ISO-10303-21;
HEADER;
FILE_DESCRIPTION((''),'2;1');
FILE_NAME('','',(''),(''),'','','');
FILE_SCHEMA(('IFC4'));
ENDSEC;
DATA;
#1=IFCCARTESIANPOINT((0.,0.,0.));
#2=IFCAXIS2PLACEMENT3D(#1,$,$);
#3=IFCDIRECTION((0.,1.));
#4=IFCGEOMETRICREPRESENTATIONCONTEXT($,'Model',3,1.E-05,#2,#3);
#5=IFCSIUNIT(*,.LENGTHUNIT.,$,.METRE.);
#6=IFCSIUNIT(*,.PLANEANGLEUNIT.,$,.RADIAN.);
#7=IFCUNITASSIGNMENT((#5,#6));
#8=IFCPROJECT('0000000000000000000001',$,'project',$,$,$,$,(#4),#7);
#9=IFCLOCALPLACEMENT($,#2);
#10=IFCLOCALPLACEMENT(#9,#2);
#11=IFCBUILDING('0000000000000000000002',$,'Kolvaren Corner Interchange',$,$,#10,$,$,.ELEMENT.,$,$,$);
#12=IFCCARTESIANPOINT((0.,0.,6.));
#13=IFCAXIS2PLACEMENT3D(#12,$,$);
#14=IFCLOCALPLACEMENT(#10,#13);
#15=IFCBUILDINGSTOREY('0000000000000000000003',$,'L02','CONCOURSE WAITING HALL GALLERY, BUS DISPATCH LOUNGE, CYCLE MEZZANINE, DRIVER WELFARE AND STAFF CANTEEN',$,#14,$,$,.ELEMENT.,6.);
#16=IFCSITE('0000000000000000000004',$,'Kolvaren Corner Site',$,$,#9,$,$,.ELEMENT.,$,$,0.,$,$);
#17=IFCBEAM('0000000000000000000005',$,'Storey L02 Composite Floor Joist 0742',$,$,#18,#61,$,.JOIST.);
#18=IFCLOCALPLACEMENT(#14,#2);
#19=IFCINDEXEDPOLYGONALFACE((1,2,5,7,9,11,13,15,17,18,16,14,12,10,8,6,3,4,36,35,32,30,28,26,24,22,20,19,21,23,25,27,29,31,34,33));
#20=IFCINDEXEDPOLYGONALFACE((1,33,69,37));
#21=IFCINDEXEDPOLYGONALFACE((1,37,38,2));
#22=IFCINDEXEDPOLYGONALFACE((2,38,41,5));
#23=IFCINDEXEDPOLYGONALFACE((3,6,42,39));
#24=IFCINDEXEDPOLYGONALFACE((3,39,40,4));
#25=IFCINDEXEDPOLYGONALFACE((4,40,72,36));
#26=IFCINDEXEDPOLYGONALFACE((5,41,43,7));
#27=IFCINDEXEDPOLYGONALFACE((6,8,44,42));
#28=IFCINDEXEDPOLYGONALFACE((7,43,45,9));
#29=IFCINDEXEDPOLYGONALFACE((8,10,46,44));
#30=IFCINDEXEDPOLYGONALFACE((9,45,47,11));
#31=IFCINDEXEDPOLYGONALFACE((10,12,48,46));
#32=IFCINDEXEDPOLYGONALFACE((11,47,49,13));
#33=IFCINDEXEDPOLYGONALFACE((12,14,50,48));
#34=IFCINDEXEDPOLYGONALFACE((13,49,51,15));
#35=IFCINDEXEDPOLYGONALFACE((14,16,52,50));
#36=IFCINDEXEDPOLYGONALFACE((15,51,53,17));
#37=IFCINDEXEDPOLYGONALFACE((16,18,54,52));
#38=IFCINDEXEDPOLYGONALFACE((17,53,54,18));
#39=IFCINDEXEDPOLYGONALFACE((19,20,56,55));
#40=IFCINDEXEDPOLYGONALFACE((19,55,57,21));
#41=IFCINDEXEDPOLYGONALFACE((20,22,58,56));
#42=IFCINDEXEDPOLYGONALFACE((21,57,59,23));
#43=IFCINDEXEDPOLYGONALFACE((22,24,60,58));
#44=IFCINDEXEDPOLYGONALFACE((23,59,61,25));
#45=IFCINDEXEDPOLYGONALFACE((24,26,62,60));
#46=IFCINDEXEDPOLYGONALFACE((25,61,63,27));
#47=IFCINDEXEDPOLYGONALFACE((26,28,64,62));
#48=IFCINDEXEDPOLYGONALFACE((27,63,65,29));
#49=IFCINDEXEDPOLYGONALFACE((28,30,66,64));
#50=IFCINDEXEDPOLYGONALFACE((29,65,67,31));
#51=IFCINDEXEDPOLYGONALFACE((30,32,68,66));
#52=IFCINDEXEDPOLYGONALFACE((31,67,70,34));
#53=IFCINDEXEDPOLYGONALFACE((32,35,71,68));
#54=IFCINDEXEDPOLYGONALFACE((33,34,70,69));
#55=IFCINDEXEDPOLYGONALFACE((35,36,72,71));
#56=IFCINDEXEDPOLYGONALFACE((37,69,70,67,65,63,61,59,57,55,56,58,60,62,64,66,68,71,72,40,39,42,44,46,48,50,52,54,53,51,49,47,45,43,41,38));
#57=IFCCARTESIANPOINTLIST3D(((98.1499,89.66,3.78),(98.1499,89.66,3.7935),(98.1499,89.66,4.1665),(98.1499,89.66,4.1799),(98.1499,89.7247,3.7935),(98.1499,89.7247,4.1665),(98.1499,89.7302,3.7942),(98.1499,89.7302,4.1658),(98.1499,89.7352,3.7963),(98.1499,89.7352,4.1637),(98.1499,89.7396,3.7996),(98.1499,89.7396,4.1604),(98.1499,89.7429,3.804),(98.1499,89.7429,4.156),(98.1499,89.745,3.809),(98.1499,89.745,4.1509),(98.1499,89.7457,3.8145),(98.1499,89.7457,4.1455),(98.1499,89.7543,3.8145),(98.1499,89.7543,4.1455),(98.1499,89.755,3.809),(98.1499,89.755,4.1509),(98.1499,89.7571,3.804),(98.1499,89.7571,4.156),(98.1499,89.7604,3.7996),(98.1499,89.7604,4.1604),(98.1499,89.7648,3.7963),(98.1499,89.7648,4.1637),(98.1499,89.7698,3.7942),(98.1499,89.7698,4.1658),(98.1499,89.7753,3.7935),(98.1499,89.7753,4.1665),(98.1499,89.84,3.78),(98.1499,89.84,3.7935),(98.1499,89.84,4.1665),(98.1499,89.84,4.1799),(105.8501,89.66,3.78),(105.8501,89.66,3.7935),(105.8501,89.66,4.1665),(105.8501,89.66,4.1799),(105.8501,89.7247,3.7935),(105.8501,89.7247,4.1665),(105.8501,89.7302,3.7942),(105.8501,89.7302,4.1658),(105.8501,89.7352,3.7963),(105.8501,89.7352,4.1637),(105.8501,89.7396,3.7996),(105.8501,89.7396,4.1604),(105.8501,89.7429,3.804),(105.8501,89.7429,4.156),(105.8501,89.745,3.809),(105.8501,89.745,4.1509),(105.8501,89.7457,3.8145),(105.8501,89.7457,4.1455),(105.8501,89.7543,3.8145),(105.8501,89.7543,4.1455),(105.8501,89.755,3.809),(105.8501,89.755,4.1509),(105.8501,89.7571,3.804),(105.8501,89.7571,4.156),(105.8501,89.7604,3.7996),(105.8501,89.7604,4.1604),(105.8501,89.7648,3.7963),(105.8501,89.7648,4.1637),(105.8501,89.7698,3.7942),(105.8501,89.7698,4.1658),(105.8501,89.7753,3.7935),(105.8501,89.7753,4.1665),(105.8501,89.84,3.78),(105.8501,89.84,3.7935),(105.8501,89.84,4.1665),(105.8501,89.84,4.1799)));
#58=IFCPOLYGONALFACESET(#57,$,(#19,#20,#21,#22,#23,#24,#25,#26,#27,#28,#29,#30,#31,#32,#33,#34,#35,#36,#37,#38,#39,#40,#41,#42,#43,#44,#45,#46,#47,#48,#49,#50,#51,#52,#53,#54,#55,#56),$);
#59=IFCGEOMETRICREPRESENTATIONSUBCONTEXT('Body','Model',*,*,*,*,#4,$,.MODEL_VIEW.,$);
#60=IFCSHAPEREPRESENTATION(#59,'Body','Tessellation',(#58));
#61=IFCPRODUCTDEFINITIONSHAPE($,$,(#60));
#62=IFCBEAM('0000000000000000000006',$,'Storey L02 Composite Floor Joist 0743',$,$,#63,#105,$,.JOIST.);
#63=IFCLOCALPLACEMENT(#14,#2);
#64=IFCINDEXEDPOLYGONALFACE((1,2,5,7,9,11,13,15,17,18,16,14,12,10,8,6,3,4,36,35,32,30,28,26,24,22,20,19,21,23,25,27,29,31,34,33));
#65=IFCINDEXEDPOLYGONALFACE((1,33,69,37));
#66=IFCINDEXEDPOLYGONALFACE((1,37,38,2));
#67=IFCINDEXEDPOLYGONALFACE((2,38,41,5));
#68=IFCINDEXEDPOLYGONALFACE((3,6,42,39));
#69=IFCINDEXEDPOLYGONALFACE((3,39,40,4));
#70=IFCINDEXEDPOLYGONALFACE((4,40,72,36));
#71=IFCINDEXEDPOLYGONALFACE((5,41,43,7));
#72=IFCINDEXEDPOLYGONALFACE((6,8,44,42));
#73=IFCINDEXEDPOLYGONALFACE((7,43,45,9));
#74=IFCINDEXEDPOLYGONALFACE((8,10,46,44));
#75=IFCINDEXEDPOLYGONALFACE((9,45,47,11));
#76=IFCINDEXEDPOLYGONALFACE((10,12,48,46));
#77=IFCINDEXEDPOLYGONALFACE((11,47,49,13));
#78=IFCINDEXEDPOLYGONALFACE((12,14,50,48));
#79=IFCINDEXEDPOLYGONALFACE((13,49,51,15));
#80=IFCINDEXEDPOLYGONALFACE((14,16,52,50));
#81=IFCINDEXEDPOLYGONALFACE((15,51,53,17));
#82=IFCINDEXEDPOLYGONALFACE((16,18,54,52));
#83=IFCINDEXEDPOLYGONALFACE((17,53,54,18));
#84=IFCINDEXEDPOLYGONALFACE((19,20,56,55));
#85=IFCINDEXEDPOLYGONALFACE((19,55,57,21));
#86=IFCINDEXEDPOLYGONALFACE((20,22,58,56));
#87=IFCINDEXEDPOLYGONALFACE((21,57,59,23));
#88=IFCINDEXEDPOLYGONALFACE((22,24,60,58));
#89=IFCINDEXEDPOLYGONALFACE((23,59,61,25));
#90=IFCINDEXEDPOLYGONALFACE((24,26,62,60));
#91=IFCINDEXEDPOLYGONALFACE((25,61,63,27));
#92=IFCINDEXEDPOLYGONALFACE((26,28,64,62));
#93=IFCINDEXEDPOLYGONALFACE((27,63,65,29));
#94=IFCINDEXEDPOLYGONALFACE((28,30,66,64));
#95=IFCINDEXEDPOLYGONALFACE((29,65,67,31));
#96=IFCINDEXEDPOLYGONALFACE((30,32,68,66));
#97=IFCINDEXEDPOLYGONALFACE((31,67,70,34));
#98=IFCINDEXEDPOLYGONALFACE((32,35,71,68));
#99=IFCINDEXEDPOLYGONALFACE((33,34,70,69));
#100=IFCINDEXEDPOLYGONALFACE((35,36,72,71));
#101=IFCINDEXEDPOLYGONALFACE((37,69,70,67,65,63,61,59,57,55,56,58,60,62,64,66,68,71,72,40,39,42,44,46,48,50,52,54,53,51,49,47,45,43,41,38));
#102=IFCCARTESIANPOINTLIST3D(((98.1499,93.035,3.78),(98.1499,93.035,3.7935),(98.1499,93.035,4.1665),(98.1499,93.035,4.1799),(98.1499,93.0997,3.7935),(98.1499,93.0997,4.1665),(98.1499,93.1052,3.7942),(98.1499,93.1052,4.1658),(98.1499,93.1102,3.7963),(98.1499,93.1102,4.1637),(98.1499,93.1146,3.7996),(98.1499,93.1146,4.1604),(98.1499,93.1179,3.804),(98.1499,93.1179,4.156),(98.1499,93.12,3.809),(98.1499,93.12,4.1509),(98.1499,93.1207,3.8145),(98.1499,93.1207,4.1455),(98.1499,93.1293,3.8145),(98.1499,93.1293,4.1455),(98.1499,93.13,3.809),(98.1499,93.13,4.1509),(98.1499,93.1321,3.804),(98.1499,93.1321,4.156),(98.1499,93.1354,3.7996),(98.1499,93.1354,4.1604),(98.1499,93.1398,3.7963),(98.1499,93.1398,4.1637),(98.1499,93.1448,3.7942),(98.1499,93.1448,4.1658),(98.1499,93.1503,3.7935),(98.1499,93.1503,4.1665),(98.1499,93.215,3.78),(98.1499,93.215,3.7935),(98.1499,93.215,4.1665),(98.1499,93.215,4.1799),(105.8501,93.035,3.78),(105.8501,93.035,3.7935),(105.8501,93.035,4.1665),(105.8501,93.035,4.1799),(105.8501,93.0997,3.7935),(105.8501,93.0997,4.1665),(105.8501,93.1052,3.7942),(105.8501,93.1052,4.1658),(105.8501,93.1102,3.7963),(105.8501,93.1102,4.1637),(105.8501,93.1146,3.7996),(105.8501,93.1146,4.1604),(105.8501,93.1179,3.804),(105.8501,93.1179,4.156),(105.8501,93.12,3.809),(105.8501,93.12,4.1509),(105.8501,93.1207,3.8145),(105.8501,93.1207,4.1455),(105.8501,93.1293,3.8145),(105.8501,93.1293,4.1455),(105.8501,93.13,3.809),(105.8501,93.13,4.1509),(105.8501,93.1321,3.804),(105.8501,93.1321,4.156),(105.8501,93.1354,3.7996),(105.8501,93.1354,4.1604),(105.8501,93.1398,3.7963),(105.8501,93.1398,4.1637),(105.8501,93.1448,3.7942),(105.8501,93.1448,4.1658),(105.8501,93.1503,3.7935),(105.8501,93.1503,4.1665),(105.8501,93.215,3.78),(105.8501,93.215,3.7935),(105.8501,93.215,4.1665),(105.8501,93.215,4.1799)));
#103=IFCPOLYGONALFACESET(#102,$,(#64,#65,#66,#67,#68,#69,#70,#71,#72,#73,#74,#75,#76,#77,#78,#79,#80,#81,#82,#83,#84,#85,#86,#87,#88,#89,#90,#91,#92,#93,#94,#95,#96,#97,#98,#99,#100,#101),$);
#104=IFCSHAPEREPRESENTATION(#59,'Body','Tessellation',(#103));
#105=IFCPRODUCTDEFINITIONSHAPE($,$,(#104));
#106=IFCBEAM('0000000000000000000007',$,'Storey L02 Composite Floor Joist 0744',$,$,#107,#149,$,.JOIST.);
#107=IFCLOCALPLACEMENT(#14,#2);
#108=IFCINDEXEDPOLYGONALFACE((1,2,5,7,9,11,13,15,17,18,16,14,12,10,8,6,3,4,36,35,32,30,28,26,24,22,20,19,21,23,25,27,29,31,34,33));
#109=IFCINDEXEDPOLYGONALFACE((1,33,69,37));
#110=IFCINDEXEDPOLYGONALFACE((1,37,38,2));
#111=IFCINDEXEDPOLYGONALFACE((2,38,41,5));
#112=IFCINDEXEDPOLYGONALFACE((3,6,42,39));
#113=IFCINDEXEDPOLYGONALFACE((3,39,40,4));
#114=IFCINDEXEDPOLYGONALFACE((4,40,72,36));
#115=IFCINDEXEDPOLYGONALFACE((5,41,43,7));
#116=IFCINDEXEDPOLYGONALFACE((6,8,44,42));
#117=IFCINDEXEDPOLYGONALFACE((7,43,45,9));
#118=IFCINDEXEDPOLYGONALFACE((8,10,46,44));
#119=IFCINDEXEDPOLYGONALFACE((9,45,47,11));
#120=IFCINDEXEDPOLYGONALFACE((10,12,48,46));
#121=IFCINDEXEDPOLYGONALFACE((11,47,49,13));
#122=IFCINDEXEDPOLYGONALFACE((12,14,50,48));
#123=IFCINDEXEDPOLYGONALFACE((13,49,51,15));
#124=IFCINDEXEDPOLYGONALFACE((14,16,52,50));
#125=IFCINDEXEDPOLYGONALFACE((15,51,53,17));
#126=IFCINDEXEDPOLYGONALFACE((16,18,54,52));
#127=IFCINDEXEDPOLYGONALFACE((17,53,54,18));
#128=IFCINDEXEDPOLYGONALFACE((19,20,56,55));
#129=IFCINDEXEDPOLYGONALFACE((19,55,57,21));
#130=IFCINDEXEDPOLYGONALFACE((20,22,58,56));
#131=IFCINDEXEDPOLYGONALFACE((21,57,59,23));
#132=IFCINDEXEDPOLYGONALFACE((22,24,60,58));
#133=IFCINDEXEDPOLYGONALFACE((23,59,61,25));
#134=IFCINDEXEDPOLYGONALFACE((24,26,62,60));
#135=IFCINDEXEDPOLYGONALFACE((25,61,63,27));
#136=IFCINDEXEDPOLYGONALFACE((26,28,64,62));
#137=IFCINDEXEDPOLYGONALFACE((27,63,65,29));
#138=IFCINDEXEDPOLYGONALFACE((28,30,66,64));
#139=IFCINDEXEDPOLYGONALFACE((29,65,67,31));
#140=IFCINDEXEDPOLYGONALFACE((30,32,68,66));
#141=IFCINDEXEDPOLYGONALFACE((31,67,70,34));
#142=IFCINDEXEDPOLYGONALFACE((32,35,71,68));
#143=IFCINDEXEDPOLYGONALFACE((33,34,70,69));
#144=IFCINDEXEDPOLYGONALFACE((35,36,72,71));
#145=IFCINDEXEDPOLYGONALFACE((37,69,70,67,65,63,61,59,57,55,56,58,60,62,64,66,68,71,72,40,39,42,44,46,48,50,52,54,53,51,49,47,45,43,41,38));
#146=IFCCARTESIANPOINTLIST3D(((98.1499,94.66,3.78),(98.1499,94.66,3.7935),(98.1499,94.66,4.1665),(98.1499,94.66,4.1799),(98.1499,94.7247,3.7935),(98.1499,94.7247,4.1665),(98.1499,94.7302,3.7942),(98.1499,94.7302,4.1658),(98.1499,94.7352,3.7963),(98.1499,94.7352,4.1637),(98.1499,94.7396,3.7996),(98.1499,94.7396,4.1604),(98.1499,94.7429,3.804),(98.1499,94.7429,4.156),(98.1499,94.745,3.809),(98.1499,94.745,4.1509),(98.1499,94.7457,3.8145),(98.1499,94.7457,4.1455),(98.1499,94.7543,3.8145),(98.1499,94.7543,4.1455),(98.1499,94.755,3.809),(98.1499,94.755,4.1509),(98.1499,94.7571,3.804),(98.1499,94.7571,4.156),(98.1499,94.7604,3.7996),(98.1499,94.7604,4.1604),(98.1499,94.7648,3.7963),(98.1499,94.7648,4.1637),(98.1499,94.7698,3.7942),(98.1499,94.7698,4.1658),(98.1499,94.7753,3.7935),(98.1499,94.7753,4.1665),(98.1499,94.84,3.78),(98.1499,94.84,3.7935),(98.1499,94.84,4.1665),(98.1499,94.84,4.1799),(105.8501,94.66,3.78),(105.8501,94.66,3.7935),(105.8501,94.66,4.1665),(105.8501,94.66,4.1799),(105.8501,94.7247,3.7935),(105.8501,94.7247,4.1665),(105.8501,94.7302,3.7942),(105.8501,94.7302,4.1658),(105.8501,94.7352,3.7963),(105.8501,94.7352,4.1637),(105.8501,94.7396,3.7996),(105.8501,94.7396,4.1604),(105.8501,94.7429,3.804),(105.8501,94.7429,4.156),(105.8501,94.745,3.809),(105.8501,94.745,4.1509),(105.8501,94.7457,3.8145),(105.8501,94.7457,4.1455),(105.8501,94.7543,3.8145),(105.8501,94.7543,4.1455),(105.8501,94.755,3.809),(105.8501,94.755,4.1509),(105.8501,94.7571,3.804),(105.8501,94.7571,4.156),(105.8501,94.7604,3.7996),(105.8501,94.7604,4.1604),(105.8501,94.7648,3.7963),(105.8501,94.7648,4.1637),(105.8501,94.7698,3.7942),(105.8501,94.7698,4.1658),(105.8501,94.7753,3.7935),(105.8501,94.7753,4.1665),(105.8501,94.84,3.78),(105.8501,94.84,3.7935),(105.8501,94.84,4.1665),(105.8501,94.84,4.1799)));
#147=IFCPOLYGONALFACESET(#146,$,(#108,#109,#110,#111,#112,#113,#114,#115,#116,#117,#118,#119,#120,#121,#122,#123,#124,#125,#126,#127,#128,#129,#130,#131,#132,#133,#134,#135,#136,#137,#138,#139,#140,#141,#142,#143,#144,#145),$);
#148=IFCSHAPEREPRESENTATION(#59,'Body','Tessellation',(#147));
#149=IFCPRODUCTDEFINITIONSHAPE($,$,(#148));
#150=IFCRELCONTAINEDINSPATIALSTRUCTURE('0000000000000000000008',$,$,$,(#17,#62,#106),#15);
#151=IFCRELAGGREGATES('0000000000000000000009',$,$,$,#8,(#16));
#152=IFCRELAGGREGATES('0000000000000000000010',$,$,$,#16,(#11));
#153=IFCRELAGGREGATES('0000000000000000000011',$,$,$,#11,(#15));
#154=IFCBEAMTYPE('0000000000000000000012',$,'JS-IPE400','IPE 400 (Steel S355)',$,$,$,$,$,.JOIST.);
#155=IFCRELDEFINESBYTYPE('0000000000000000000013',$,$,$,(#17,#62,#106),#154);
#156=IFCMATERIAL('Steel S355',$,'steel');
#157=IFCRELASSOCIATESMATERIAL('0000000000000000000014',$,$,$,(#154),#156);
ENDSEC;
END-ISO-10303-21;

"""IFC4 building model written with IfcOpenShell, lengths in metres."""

from ifc_helpers import new_model, si_unit, direction, frame, origin, origin_2d, place, context, subcontext, project, spatial, i_section, extrude, material, material_profile, profile_set, type_object, element, save


model = new_model("IFC4")

# Units and contexts
model_context = context("Model", 3, precision=1e-05, world=origin(), true_north=direction((0.0, 1.0)))
body_context = subcontext(model_context, "Body", "Model", "MODEL_VIEW")
ifc_project = project(units=[si_unit("LENGTHUNIT", "METRE"), si_unit("PLANEANGLEUNIT", "RADIAN")], contexts=[model_context])

# Site, building, storey
site_placement = place(None, origin())
site = spatial("IfcSite", under=ifc_project, at=site_placement, Name="Kolvaren Corner Site", CompositionType="ELEMENT", RefElevation=0.0)
building_placement = place(site_placement, origin())
building = spatial("IfcBuilding", under=site, at=building_placement, Name="Kolvaren Corner Interchange", CompositionType="ELEMENT")
storey_placement = place(building_placement, frame((0.0, 0.0, 6.0)))
storey = spatial("IfcBuildingStorey", under=building, at=storey_placement, Name="L02", Description="CONCOURSE WAITING HALL GALLERY, BUS DISPATCH LOUNGE, CYCLE MEZZANINE, DRIVER WELFARE AND STAFF CANTEEN", CompositionType="ELEMENT", Elevation=6.0)

# Beams
ifc_material_1 = material(Name="Steel S355", Category="steel")
ifc_material_profile_1 = material_profile(ifc_material_1, i_section(OverallWidth=0.1799, OverallDepth=0.3999, WebThickness=0.0085, FlangeThickness=0.0134, FilletRadius=0.021, at=origin_2d()), Name="IPE 400")
ifc_profile_set_1 = profile_set([ifc_material_profile_1], Name="Steel S355")
beam_type_1 = type_object("IfcBeamType", Name="JS-IPE400", Description="IPE 400 (Steel S355)", PredefinedType="JOIST", material=ifc_profile_set_1)
for number, where, z_axis, x_axis, name in (
    (1, (98.1499, 89.75, 3.98), (1.0, 0.0, 0.0), (0.0, 1.0, 0.0), "Storey L02 Composite Floor Joist 0742"),
    (2, (98.1499, 93.125, 3.98), (1.0, 0.0, 0.0), (0.0, 1.0, 0.0), "Storey L02 Composite Floor Joist 0743"),
    (3, (98.1499, 94.75, 3.98), (1.0, 0.0, 0.0), (0.0, 1.0, 0.0), "Storey L02 Composite Floor Joist 0744"),
):
    element("IfcBeam", number, at=place(storey_placement, frame(where, z_axis=z_axis, x_axis=x_axis)), inside=storey, type_object=beam_type_1, Name=name, PredefinedType="JOIST", context=body_context, shape_type="SweptSolid", body=[
        extrude(i_section(OverallWidth=0.1799, OverallDepth=0.3999, WebThickness=0.0085, FlangeThickness=0.0134, FilletRadius=0.021, at=origin_2d()), origin(), (0.0, 0.0, 1.0), 7.7002),
    ])

save(model, "model.ifc")
